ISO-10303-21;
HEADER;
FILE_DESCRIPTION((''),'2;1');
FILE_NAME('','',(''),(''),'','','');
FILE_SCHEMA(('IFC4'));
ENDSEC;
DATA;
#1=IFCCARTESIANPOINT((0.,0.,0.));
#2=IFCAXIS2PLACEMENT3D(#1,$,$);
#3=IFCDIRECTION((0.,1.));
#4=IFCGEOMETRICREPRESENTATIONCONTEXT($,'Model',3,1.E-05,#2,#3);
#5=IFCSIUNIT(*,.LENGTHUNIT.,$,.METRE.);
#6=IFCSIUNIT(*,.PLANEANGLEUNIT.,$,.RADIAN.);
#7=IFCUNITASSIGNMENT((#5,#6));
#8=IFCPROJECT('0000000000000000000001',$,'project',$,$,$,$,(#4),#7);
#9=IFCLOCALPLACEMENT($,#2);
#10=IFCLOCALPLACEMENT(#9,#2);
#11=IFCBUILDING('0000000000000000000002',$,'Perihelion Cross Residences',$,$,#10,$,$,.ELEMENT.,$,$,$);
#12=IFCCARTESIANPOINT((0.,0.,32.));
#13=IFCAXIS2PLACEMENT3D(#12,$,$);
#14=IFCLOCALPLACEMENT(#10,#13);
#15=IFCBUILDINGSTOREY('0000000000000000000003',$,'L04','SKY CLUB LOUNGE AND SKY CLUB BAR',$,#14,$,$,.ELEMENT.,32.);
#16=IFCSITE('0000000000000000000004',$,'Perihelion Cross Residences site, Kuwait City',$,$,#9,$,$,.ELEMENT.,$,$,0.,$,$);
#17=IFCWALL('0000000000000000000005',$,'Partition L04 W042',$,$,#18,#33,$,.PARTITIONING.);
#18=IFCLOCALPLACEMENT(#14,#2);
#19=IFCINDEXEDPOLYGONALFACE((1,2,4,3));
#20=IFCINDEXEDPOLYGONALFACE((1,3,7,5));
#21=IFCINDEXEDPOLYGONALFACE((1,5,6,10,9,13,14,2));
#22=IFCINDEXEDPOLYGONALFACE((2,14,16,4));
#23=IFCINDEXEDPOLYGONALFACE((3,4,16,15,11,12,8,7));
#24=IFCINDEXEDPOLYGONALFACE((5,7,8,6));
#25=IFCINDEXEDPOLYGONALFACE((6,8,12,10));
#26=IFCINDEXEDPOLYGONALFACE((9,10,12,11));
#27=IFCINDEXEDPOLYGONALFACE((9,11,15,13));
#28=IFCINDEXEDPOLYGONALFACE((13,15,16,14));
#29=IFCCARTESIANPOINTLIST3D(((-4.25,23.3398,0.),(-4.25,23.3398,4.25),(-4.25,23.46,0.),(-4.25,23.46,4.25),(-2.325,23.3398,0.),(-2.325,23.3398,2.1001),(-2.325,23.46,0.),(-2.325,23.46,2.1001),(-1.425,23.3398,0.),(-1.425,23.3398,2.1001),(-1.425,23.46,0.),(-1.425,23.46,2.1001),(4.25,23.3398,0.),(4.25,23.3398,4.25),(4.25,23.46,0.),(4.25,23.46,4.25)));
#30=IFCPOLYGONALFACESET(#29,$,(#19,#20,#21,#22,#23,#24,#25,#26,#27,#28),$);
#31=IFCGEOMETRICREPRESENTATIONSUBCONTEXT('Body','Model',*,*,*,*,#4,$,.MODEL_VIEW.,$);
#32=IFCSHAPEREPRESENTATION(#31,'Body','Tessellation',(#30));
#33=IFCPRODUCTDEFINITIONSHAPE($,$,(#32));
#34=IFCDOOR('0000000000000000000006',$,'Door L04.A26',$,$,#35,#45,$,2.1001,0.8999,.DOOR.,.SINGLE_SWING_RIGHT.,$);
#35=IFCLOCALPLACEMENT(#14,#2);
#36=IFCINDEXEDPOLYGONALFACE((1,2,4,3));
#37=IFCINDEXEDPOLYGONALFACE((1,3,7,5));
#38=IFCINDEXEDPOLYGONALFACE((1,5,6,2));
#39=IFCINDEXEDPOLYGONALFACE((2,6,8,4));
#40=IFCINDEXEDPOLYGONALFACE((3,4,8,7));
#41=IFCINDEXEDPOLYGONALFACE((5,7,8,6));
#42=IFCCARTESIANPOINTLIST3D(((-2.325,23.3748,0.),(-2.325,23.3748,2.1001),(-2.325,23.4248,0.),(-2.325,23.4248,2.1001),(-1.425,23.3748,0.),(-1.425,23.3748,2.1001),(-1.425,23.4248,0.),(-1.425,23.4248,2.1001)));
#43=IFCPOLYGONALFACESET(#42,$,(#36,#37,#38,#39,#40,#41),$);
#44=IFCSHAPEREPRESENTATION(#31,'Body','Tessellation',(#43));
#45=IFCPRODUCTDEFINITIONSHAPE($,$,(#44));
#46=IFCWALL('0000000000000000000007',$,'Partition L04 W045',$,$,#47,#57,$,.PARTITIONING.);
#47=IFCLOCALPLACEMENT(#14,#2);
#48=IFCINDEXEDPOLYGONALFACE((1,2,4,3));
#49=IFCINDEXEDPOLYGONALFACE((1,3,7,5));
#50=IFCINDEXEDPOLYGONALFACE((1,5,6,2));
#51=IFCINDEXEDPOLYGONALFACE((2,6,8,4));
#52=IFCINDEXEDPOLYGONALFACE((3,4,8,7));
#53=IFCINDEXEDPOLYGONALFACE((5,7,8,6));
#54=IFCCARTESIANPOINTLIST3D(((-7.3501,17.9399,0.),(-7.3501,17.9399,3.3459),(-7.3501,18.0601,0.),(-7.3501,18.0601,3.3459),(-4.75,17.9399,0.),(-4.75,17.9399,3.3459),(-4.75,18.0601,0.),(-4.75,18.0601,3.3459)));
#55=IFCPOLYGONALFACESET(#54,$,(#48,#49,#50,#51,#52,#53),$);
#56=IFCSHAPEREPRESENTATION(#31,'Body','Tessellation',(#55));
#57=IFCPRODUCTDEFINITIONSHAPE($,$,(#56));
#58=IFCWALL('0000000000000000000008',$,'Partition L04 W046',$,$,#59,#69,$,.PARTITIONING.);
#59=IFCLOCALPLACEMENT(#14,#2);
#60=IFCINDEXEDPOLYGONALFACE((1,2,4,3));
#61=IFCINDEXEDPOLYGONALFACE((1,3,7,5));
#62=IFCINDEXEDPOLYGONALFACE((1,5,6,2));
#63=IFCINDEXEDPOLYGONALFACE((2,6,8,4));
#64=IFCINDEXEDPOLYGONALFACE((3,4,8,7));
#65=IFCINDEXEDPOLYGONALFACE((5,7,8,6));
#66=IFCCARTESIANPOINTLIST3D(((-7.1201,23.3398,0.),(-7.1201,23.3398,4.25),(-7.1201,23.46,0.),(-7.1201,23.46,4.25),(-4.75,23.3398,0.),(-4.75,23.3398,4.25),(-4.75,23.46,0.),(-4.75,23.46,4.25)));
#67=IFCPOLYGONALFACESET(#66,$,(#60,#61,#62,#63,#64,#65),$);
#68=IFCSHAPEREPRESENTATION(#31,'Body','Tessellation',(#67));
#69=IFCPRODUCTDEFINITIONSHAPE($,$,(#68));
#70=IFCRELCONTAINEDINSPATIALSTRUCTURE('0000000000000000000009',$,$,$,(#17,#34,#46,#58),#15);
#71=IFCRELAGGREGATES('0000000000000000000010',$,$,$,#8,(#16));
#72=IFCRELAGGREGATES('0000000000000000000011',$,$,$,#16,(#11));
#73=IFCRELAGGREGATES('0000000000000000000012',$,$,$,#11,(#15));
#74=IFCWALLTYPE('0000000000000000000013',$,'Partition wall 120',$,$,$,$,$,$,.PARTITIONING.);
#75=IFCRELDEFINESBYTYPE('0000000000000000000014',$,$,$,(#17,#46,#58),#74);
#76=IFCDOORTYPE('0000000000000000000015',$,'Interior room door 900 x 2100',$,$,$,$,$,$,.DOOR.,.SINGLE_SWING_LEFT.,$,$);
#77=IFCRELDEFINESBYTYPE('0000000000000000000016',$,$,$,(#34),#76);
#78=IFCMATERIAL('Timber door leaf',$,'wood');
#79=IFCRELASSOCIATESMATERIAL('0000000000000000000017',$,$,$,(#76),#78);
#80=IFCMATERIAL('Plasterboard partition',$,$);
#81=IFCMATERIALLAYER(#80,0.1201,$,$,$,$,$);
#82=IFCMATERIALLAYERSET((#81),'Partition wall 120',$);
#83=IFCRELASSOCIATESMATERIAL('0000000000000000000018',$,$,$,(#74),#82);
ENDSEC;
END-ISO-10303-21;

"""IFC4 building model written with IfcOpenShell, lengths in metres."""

from ifc_helpers import new_model, si_unit, direction, frame, frame_2d, origin, place, context, subcontext, project, spatial, rectangle, extrude, material, layer, layer_set, type_object, element, fill, save


model = new_model("IFC4")

# Units and contexts
model_context = context("Model", 3, precision=1e-05, world=origin(), true_north=direction((0.0, 1.0)))
body_context = subcontext(model_context, "Body", "Model", "MODEL_VIEW")
ifc_project = project(units=[si_unit("LENGTHUNIT", "METRE"), si_unit("PLANEANGLEUNIT", "RADIAN")], contexts=[model_context])

# Site, building, storey
site_placement = place(None, origin())
site = spatial("IfcSite", under=ifc_project, at=site_placement, Name="Perihelion Cross Residences site, Kuwait City", CompositionType="ELEMENT", RefElevation=0.0)
building_placement = place(site_placement, origin())
building = spatial("IfcBuilding", under=site, at=building_placement, Name="Perihelion Cross Residences", CompositionType="ELEMENT")
storey_placement = place(building_placement, frame((0.0, 0.0, 32.0)))
storey = spatial("IfcBuildingStorey", under=building, at=storey_placement, Name="L04", Description="SKY CLUB LOUNGE AND SKY CLUB BAR", CompositionType="ELEMENT", Elevation=32.0)

# Wall, opening, door
ifc_material_1 = material(Name="Timber door leaf", Category="wood")
door_type = type_object("IfcDoorType", Name="Interior room door 900 x 2100", OperationType="SINGLE_SWING_LEFT", PredefinedType="DOOR", material=ifc_material_1)
ifc_material_2 = material(Name="Plasterboard partition")
ifc_layer_1 = layer(ifc_material_2, 0.1201)
ifc_layer_set_1 = layer_set([ifc_layer_1], Name="Partition wall 120")
wall_type_1 = type_object("IfcWallType", Name="Partition wall 120", PredefinedType="PARTITIONING", material=ifc_layer_set_1)
wall_1_placement = place(storey_placement, frame((-4.25, 23.3999, 0.0), z_axis=(0.0, 0.0, 1.0), x_axis=(1.0, 0.0, 0.0)))
wall_1 = element("IfcWall", 1, at=wall_1_placement, inside=storey, type_object=wall_type_1, Name="Partition L04 W042", PredefinedType="PARTITIONING", context=body_context, shape_type="SweptSolid", body=[
    extrude(rectangle(XDim=8.5, YDim=0.1201, at=frame_2d((4.25, 0.0))), origin(), (0.0, 0.0, 1.0), 4.25),
])
opening_1_placement = place(wall_1_placement, frame((1.925, 0.0, 0.0)))
opening_1 = element("IfcOpeningElement", 2, at=opening_1_placement, cuts=wall_1, PredefinedType="OPENING", context=body_context, shape_type="SweptSolid", body=[
    extrude(rectangle(XDim=0.8999, YDim=2.1001, at=frame_2d((0.45, 1.05))), frame((0.0, 0.0701, 0.0), z_axis=(0.0, -1.0, 0.0), x_axis=(1.0, 0.0, 0.0)), (0.0, 0.0, 1.0), 0.1401),
])
door_1_placement = place(opening_1_placement, origin())
door_1 = element("IfcDoor", 3, at=door_1_placement, inside=storey, type_object=door_type, Name="Door L04.A26", OperationType="SINGLE_SWING_RIGHT", OverallHeight=2.1001, OverallWidth=0.8999, PredefinedType="DOOR", context=body_context, shape_type="SweptSolid", body=[
    extrude(rectangle(XDim=0.8999, YDim=2.1001, at=frame_2d((0.45, 1.05))), frame((0.0, 0.0249, 0.0), z_axis=(0.0, -1.0, 0.0), x_axis=(1.0, 0.0, 0.0)), (0.0, 0.0, 1.0), 0.05),
])
fill(opening_1, door_1)

# Walls
wall_2_placement = place(storey_placement, frame((-7.3501, 18.0, 0.0), z_axis=(0.0, 0.0, 1.0), x_axis=(1.0, 0.0, 0.0)))
element("IfcWall", 4, at=wall_2_placement, inside=storey, type_object=wall_type_1, Name="Partition L04 W045", PredefinedType="PARTITIONING", context=body_context, shape_type="SweptSolid", body=[
    extrude(rectangle(XDim=2.6001, YDim=0.1201, at=frame_2d((1.3, 0.0))), origin(), (0.0, 0.0, 1.0), 3.3459),
])
wall_3_placement = place(storey_placement, frame((-7.1201, 23.3999, 0.0), z_axis=(0.0, 0.0, 1.0), x_axis=(1.0, 0.0, 0.0)))
element("IfcWall", 5, at=wall_3_placement, inside=storey, type_object=wall_type_1, Name="Partition L04 W046", PredefinedType="PARTITIONING", context=body_context, shape_type="SweptSolid", body=[
    extrude(rectangle(XDim=2.3701, YDim=0.1201, at=frame_2d((1.1851, 0.0))), origin(), (0.0, 0.0, 1.0), 4.25),
])

save(model, "model.ifc")
